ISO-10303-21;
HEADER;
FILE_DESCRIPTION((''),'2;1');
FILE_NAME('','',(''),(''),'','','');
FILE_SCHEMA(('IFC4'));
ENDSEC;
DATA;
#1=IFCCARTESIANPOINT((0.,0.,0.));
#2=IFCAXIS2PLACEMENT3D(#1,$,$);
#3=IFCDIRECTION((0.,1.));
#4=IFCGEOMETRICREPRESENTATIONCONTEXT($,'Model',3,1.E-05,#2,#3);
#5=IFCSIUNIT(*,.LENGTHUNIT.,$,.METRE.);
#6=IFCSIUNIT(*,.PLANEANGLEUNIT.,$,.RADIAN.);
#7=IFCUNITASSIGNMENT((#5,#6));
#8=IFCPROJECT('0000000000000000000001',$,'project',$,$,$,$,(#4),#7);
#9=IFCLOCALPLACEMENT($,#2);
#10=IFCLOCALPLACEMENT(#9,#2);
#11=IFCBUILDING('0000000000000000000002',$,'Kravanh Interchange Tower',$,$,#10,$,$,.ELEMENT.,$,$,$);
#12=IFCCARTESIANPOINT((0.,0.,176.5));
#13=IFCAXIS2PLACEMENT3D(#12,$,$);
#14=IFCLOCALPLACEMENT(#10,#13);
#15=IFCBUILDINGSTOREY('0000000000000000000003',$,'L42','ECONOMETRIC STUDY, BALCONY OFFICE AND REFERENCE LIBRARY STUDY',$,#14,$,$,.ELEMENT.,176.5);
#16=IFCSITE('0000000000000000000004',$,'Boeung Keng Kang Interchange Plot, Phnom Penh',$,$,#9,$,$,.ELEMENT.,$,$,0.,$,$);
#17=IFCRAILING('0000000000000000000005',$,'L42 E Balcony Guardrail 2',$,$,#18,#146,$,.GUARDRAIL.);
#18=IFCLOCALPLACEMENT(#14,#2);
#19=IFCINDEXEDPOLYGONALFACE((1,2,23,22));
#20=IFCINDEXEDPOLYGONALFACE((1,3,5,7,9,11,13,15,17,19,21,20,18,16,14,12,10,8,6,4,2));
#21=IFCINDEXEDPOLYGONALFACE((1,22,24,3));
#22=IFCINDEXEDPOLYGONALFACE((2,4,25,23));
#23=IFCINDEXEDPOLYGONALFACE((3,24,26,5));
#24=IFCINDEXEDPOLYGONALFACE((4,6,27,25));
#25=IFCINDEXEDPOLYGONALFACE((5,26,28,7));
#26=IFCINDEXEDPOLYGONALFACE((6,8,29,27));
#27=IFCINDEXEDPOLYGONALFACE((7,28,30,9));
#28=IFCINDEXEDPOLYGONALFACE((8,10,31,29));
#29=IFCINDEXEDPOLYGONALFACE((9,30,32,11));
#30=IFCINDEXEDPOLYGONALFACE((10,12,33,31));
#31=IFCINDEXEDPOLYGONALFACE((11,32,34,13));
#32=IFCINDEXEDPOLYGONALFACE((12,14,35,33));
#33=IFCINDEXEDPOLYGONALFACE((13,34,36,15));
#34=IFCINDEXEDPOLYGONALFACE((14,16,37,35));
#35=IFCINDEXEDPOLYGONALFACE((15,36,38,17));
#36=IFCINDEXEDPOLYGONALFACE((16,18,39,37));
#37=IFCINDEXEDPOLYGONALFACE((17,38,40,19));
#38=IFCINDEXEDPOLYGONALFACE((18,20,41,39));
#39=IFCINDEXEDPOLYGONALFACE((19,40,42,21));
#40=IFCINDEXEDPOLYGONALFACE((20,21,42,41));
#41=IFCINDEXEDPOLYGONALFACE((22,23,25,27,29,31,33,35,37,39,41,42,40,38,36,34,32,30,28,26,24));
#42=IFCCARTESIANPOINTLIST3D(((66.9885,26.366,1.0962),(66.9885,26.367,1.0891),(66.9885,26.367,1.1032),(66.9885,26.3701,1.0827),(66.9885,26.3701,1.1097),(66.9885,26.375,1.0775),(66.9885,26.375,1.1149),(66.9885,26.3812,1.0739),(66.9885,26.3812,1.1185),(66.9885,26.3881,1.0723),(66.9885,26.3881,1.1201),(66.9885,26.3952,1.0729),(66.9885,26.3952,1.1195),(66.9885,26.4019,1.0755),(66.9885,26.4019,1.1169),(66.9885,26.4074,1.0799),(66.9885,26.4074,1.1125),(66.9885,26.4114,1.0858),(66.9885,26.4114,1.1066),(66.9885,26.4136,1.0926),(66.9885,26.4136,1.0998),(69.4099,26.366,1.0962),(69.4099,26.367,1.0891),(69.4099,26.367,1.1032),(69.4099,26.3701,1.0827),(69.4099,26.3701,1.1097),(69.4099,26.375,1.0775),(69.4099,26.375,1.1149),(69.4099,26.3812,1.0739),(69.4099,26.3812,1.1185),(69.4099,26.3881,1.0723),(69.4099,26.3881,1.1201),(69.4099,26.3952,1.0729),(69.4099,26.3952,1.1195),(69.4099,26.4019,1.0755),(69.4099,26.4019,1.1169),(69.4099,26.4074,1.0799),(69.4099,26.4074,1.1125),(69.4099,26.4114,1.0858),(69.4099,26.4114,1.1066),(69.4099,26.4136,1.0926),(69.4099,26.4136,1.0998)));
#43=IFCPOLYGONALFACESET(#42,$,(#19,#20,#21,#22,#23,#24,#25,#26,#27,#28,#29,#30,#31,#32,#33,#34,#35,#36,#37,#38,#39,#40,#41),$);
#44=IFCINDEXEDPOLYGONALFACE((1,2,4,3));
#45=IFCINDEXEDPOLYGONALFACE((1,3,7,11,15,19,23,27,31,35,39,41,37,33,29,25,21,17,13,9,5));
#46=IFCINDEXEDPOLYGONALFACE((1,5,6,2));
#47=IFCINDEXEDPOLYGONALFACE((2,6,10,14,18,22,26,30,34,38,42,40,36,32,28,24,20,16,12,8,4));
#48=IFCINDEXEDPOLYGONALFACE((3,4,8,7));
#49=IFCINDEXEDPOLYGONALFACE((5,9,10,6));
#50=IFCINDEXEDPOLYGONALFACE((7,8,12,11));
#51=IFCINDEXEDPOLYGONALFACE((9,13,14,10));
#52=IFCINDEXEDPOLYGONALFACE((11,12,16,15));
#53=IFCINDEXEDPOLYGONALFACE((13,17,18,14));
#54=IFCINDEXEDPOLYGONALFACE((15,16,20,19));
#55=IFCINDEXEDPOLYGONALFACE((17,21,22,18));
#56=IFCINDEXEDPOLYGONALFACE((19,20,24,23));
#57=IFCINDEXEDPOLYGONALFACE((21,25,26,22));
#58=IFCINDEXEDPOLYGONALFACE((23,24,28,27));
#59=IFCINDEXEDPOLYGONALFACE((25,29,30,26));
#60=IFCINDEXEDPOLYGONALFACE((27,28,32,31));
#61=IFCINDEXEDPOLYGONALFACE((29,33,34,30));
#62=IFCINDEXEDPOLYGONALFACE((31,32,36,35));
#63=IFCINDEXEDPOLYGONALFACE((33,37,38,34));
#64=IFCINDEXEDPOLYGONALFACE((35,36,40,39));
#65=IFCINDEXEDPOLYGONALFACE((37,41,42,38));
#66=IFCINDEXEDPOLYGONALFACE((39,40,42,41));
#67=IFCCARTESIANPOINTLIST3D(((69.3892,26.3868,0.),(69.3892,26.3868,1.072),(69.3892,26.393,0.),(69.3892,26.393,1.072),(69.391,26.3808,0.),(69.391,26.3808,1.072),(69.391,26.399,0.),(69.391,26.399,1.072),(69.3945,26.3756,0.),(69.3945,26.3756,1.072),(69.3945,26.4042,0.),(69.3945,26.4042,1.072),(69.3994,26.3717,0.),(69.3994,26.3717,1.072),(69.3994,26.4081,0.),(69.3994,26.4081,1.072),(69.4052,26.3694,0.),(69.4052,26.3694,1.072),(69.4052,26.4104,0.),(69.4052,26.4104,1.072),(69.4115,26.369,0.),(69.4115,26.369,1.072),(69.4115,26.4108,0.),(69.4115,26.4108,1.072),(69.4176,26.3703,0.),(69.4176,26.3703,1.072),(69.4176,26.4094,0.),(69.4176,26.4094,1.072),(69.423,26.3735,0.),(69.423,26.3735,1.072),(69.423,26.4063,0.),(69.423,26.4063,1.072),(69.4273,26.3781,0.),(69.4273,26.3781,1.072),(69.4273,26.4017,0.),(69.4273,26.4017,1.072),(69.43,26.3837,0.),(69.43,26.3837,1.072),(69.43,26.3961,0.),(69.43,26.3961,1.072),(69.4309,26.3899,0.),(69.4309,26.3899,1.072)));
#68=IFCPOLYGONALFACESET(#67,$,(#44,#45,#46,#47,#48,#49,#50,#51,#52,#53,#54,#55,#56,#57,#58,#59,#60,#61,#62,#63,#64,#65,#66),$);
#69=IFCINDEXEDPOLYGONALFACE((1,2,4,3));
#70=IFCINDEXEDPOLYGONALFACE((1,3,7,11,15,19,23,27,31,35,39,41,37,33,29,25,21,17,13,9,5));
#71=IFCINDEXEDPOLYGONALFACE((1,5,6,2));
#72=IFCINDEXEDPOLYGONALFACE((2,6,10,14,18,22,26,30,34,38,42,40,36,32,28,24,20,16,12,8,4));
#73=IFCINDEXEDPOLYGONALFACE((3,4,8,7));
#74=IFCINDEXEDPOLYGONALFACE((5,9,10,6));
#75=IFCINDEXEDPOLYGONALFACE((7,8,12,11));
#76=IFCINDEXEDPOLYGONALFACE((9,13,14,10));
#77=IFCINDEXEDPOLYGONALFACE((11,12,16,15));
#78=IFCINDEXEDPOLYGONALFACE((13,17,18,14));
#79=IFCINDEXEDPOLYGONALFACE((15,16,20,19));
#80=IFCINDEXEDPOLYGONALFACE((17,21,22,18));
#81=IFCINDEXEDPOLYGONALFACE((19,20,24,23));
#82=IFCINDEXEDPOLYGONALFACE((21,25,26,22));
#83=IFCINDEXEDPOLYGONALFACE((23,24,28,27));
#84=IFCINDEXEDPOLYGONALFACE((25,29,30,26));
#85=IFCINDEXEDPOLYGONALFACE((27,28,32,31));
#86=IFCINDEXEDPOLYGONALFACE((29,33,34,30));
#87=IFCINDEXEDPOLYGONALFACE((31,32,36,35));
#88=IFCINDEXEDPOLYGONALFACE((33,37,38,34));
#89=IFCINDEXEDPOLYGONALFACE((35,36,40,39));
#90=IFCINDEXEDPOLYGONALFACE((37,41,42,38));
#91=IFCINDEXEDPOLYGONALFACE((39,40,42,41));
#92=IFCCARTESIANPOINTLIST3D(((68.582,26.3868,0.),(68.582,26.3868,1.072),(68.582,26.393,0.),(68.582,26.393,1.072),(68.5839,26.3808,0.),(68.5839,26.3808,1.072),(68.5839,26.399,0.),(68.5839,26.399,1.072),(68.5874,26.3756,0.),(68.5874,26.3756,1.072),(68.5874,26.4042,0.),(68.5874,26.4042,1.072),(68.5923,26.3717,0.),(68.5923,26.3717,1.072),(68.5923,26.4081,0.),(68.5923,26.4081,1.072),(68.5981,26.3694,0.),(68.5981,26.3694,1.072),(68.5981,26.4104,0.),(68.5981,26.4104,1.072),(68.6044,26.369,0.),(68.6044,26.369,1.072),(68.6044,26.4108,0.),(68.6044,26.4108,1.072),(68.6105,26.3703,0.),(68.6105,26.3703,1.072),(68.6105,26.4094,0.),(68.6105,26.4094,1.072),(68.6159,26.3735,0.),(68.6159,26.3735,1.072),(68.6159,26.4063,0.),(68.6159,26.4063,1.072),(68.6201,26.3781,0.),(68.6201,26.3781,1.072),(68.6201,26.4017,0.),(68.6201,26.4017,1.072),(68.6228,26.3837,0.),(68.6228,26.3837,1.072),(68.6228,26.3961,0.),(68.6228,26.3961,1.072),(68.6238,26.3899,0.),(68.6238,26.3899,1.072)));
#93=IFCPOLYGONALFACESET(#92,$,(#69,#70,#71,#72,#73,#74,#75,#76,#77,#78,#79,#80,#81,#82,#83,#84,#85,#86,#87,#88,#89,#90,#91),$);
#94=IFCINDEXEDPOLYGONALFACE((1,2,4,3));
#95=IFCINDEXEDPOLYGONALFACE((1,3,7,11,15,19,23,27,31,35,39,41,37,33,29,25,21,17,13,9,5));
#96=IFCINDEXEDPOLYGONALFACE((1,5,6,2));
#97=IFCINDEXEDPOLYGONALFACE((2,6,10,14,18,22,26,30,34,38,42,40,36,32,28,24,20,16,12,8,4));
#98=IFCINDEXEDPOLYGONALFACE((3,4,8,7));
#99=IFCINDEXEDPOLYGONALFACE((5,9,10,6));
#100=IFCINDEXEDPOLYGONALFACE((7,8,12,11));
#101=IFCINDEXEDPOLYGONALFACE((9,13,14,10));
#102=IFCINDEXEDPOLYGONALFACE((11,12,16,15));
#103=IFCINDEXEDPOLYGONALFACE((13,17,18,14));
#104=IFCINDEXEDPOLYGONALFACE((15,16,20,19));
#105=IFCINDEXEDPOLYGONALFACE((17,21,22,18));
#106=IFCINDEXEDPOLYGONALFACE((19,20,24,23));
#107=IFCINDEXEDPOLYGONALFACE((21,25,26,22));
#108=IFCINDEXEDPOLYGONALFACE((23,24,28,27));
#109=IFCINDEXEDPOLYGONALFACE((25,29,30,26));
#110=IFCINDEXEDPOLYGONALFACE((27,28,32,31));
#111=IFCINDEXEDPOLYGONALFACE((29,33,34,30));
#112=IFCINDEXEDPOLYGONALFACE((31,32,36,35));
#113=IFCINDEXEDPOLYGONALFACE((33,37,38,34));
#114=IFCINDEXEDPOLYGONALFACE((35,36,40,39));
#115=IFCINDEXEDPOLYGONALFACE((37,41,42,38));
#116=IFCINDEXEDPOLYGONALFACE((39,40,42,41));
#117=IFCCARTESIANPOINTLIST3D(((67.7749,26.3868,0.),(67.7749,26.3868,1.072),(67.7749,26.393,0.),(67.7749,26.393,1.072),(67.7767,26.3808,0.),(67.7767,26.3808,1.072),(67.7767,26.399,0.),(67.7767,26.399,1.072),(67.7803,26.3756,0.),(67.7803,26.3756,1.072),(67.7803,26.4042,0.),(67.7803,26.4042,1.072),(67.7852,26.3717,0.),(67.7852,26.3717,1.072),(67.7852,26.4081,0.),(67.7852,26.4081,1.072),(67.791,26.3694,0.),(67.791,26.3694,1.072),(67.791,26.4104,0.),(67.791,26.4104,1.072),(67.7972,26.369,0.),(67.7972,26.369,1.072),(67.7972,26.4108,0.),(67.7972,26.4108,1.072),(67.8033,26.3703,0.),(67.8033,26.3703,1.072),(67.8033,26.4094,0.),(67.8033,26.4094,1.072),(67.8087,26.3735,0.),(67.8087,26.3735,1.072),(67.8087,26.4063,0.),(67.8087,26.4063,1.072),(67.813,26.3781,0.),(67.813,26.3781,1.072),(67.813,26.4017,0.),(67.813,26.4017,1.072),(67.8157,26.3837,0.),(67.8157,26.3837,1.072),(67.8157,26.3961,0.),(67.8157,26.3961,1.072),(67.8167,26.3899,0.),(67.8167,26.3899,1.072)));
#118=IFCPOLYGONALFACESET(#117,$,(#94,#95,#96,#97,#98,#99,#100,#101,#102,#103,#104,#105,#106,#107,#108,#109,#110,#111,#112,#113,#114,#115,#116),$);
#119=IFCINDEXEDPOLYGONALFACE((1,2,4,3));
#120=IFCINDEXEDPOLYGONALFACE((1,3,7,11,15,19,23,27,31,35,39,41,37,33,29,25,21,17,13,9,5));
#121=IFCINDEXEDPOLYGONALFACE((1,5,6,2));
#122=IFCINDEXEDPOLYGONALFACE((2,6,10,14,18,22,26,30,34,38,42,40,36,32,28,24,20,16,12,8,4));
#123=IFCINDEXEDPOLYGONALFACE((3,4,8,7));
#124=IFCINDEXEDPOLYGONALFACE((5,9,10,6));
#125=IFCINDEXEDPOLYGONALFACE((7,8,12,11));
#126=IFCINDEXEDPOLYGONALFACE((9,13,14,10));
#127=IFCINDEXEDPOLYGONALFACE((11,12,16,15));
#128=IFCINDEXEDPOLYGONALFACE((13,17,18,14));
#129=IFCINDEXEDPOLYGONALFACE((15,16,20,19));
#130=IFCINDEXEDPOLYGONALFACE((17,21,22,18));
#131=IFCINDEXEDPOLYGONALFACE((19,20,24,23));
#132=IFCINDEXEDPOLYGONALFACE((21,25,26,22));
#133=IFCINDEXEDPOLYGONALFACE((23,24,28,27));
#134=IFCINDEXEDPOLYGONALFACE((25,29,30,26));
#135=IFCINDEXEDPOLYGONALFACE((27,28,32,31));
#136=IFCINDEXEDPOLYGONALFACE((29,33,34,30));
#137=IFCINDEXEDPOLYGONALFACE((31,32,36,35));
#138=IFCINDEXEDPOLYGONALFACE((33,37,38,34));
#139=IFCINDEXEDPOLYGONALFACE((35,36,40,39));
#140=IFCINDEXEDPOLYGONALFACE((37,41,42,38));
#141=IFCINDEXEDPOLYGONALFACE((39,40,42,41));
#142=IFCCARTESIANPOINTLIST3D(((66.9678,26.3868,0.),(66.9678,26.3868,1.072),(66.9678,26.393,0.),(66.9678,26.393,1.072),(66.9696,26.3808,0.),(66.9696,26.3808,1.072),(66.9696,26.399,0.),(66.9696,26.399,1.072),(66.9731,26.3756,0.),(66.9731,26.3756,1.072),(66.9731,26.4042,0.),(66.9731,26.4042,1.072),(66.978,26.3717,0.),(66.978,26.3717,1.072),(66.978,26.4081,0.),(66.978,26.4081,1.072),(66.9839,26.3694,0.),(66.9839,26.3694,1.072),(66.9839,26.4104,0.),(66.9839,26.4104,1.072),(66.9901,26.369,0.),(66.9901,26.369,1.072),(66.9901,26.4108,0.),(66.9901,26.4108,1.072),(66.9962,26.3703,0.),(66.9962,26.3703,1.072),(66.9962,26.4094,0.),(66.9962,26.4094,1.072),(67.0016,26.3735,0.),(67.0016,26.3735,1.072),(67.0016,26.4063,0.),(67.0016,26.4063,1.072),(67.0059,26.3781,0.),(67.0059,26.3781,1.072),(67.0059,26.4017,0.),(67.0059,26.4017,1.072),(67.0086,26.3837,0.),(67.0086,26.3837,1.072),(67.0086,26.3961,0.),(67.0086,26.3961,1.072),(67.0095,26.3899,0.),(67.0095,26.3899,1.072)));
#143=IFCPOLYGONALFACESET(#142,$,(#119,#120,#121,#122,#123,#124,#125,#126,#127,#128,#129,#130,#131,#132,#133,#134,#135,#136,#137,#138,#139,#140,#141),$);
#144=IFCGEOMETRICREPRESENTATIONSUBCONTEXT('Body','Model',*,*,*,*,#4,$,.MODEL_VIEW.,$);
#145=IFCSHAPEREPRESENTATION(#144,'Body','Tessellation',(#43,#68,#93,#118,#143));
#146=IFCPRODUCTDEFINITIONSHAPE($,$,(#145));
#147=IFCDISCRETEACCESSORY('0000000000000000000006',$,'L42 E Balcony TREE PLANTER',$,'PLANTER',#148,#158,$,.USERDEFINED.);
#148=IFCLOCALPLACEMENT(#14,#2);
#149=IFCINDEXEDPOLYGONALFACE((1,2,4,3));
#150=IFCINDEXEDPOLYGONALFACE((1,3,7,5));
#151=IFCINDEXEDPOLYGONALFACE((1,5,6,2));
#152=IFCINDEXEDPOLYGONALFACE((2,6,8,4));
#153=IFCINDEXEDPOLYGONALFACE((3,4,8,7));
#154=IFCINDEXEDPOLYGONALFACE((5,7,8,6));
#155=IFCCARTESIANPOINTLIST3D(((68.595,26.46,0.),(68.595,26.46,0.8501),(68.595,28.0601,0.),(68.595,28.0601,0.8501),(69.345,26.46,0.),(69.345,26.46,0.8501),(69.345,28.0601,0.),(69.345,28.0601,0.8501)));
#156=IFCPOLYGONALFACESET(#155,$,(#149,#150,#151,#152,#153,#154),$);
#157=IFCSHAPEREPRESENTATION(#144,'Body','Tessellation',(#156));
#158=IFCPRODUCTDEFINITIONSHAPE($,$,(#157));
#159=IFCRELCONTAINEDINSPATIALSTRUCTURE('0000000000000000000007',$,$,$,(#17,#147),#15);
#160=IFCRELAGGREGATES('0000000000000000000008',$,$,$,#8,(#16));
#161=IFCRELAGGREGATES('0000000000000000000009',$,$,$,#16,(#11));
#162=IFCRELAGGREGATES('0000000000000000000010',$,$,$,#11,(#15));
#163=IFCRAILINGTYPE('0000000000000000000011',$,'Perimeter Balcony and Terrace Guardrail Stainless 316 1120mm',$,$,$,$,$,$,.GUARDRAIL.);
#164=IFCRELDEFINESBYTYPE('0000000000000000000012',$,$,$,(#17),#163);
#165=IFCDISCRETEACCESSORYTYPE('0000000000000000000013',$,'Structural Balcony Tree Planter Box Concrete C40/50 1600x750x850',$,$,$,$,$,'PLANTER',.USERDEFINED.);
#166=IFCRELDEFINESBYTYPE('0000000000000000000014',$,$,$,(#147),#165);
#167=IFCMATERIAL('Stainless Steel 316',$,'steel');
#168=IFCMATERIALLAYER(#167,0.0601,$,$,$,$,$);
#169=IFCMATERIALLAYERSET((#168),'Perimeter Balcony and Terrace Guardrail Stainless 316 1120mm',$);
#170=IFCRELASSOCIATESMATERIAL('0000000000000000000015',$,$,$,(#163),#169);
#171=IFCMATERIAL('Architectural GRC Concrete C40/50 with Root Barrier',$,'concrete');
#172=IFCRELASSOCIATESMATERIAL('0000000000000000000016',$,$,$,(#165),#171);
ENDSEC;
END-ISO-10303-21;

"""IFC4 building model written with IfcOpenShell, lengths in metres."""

from ifc_helpers import new_model, si_unit, direction, frame, origin, origin_2d, place, context, subcontext, project, spatial, rectangle, circle, extrude, material, layer, layer_set, type_object, element, save


model = new_model("IFC4")

# Units and contexts
model_context = context("Model", 3, precision=1e-05, world=origin(), true_north=direction((0.0, 1.0)))
body_context = subcontext(model_context, "Body", "Model", "MODEL_VIEW")
ifc_project = project(units=[si_unit("LENGTHUNIT", "METRE"), si_unit("PLANEANGLEUNIT", "RADIAN")], contexts=[model_context])

# Site, building, storey
site_placement = place(None, origin())
site = spatial("IfcSite", under=ifc_project, at=site_placement, Name="Boeung Keng Kang Interchange Plot, Phnom Penh", CompositionType="ELEMENT", RefElevation=0.0)
building_placement = place(site_placement, origin())
building = spatial("IfcBuilding", under=site, at=building_placement, Name="Kravanh Interchange Tower", CompositionType="ELEMENT")
storey_placement = place(building_placement, frame((0.0, 0.0, 176.5)))
storey = spatial("IfcBuildingStorey", under=building, at=storey_placement, Name="L42", Description="ECONOMETRIC STUDY, BALCONY OFFICE AND REFERENCE LIBRARY STUDY", CompositionType="ELEMENT", Elevation=176.5)

# Railing
ifc_material_1 = material(Name="Stainless Steel 316", Category="steel")
ifc_layer_1 = layer(ifc_material_1, 0.0601)
ifc_layer_set_1 = layer_set([ifc_layer_1], Name="Perimeter Balcony and Terrace Guardrail Stainless 316 1120mm")
railing_type = type_object("IfcRailingType", Name="Perimeter Balcony and Terrace Guardrail Stainless 316 1120mm", PredefinedType="GUARDRAIL", material=ifc_layer_set_1)
railing_placement = place(storey_placement, frame((69.4099, 26.3899, 0.0)))
element("IfcRailing", 1, at=railing_placement, inside=storey, type_object=railing_type, Name="L42 E Balcony Guardrail 2", PredefinedType="GUARDRAIL", context=body_context, shape_type="SweptSolid", body=[
    extrude(circle(Radius=0.0239, at=origin_2d()), frame((0.0, 0.0, 1.0962), z_axis=(-1.0, 0.0, 0.0), x_axis=(0.0, -1.0, 0.0)), (0.0, 0.0, 1.0), 2.4214),
    extrude(circle(Radius=0.021, at=origin_2d()), origin(), (0.0, 0.0, 1.0), 1.072),
    extrude(circle(Radius=0.021, at=origin_2d()), frame((-0.8071, 0.0, 0.0)), (0.0, 0.0, 1.0), 1.072),
    extrude(circle(Radius=0.021, at=origin_2d()), frame((-1.6143, 0.0, 0.0)), (0.0, 0.0, 1.0), 1.072),
    extrude(circle(Radius=0.021, at=origin_2d()), frame((-2.4214, 0.0, 0.0)), (0.0, 0.0, 1.0), 1.072),
])

# Discrete accessory
ifc_material_2 = material(Name="Architectural GRC Concrete C40/50 with Root Barrier", Category="concrete")
discrete_accessory_type = type_object("IfcDiscreteAccessoryType", Name="Structural Balcony Tree Planter Box Concrete C40/50 1600x750x850", ElementType="PLANTER", PredefinedType="USERDEFINED", material=ifc_material_2)
discrete_accessory_placement = place(storey_placement, frame((68.97, 27.26, 0.0), z_axis=(0.0, 0.0, 1.0), x_axis=(1.0, 0.0, 0.0)))
element("IfcDiscreteAccessory", 2, at=discrete_accessory_placement, inside=storey, type_object=discrete_accessory_type, Name="L42 E Balcony TREE PLANTER", ObjectType="PLANTER", PredefinedType="USERDEFINED", context=body_context, shape_type="SweptSolid", body=[
    extrude(rectangle(XDim=0.75, YDim=1.6001, at=origin_2d()), origin(), (0.0, 0.0, 1.0), 0.8501),
])

save(model, "model.ifc")
